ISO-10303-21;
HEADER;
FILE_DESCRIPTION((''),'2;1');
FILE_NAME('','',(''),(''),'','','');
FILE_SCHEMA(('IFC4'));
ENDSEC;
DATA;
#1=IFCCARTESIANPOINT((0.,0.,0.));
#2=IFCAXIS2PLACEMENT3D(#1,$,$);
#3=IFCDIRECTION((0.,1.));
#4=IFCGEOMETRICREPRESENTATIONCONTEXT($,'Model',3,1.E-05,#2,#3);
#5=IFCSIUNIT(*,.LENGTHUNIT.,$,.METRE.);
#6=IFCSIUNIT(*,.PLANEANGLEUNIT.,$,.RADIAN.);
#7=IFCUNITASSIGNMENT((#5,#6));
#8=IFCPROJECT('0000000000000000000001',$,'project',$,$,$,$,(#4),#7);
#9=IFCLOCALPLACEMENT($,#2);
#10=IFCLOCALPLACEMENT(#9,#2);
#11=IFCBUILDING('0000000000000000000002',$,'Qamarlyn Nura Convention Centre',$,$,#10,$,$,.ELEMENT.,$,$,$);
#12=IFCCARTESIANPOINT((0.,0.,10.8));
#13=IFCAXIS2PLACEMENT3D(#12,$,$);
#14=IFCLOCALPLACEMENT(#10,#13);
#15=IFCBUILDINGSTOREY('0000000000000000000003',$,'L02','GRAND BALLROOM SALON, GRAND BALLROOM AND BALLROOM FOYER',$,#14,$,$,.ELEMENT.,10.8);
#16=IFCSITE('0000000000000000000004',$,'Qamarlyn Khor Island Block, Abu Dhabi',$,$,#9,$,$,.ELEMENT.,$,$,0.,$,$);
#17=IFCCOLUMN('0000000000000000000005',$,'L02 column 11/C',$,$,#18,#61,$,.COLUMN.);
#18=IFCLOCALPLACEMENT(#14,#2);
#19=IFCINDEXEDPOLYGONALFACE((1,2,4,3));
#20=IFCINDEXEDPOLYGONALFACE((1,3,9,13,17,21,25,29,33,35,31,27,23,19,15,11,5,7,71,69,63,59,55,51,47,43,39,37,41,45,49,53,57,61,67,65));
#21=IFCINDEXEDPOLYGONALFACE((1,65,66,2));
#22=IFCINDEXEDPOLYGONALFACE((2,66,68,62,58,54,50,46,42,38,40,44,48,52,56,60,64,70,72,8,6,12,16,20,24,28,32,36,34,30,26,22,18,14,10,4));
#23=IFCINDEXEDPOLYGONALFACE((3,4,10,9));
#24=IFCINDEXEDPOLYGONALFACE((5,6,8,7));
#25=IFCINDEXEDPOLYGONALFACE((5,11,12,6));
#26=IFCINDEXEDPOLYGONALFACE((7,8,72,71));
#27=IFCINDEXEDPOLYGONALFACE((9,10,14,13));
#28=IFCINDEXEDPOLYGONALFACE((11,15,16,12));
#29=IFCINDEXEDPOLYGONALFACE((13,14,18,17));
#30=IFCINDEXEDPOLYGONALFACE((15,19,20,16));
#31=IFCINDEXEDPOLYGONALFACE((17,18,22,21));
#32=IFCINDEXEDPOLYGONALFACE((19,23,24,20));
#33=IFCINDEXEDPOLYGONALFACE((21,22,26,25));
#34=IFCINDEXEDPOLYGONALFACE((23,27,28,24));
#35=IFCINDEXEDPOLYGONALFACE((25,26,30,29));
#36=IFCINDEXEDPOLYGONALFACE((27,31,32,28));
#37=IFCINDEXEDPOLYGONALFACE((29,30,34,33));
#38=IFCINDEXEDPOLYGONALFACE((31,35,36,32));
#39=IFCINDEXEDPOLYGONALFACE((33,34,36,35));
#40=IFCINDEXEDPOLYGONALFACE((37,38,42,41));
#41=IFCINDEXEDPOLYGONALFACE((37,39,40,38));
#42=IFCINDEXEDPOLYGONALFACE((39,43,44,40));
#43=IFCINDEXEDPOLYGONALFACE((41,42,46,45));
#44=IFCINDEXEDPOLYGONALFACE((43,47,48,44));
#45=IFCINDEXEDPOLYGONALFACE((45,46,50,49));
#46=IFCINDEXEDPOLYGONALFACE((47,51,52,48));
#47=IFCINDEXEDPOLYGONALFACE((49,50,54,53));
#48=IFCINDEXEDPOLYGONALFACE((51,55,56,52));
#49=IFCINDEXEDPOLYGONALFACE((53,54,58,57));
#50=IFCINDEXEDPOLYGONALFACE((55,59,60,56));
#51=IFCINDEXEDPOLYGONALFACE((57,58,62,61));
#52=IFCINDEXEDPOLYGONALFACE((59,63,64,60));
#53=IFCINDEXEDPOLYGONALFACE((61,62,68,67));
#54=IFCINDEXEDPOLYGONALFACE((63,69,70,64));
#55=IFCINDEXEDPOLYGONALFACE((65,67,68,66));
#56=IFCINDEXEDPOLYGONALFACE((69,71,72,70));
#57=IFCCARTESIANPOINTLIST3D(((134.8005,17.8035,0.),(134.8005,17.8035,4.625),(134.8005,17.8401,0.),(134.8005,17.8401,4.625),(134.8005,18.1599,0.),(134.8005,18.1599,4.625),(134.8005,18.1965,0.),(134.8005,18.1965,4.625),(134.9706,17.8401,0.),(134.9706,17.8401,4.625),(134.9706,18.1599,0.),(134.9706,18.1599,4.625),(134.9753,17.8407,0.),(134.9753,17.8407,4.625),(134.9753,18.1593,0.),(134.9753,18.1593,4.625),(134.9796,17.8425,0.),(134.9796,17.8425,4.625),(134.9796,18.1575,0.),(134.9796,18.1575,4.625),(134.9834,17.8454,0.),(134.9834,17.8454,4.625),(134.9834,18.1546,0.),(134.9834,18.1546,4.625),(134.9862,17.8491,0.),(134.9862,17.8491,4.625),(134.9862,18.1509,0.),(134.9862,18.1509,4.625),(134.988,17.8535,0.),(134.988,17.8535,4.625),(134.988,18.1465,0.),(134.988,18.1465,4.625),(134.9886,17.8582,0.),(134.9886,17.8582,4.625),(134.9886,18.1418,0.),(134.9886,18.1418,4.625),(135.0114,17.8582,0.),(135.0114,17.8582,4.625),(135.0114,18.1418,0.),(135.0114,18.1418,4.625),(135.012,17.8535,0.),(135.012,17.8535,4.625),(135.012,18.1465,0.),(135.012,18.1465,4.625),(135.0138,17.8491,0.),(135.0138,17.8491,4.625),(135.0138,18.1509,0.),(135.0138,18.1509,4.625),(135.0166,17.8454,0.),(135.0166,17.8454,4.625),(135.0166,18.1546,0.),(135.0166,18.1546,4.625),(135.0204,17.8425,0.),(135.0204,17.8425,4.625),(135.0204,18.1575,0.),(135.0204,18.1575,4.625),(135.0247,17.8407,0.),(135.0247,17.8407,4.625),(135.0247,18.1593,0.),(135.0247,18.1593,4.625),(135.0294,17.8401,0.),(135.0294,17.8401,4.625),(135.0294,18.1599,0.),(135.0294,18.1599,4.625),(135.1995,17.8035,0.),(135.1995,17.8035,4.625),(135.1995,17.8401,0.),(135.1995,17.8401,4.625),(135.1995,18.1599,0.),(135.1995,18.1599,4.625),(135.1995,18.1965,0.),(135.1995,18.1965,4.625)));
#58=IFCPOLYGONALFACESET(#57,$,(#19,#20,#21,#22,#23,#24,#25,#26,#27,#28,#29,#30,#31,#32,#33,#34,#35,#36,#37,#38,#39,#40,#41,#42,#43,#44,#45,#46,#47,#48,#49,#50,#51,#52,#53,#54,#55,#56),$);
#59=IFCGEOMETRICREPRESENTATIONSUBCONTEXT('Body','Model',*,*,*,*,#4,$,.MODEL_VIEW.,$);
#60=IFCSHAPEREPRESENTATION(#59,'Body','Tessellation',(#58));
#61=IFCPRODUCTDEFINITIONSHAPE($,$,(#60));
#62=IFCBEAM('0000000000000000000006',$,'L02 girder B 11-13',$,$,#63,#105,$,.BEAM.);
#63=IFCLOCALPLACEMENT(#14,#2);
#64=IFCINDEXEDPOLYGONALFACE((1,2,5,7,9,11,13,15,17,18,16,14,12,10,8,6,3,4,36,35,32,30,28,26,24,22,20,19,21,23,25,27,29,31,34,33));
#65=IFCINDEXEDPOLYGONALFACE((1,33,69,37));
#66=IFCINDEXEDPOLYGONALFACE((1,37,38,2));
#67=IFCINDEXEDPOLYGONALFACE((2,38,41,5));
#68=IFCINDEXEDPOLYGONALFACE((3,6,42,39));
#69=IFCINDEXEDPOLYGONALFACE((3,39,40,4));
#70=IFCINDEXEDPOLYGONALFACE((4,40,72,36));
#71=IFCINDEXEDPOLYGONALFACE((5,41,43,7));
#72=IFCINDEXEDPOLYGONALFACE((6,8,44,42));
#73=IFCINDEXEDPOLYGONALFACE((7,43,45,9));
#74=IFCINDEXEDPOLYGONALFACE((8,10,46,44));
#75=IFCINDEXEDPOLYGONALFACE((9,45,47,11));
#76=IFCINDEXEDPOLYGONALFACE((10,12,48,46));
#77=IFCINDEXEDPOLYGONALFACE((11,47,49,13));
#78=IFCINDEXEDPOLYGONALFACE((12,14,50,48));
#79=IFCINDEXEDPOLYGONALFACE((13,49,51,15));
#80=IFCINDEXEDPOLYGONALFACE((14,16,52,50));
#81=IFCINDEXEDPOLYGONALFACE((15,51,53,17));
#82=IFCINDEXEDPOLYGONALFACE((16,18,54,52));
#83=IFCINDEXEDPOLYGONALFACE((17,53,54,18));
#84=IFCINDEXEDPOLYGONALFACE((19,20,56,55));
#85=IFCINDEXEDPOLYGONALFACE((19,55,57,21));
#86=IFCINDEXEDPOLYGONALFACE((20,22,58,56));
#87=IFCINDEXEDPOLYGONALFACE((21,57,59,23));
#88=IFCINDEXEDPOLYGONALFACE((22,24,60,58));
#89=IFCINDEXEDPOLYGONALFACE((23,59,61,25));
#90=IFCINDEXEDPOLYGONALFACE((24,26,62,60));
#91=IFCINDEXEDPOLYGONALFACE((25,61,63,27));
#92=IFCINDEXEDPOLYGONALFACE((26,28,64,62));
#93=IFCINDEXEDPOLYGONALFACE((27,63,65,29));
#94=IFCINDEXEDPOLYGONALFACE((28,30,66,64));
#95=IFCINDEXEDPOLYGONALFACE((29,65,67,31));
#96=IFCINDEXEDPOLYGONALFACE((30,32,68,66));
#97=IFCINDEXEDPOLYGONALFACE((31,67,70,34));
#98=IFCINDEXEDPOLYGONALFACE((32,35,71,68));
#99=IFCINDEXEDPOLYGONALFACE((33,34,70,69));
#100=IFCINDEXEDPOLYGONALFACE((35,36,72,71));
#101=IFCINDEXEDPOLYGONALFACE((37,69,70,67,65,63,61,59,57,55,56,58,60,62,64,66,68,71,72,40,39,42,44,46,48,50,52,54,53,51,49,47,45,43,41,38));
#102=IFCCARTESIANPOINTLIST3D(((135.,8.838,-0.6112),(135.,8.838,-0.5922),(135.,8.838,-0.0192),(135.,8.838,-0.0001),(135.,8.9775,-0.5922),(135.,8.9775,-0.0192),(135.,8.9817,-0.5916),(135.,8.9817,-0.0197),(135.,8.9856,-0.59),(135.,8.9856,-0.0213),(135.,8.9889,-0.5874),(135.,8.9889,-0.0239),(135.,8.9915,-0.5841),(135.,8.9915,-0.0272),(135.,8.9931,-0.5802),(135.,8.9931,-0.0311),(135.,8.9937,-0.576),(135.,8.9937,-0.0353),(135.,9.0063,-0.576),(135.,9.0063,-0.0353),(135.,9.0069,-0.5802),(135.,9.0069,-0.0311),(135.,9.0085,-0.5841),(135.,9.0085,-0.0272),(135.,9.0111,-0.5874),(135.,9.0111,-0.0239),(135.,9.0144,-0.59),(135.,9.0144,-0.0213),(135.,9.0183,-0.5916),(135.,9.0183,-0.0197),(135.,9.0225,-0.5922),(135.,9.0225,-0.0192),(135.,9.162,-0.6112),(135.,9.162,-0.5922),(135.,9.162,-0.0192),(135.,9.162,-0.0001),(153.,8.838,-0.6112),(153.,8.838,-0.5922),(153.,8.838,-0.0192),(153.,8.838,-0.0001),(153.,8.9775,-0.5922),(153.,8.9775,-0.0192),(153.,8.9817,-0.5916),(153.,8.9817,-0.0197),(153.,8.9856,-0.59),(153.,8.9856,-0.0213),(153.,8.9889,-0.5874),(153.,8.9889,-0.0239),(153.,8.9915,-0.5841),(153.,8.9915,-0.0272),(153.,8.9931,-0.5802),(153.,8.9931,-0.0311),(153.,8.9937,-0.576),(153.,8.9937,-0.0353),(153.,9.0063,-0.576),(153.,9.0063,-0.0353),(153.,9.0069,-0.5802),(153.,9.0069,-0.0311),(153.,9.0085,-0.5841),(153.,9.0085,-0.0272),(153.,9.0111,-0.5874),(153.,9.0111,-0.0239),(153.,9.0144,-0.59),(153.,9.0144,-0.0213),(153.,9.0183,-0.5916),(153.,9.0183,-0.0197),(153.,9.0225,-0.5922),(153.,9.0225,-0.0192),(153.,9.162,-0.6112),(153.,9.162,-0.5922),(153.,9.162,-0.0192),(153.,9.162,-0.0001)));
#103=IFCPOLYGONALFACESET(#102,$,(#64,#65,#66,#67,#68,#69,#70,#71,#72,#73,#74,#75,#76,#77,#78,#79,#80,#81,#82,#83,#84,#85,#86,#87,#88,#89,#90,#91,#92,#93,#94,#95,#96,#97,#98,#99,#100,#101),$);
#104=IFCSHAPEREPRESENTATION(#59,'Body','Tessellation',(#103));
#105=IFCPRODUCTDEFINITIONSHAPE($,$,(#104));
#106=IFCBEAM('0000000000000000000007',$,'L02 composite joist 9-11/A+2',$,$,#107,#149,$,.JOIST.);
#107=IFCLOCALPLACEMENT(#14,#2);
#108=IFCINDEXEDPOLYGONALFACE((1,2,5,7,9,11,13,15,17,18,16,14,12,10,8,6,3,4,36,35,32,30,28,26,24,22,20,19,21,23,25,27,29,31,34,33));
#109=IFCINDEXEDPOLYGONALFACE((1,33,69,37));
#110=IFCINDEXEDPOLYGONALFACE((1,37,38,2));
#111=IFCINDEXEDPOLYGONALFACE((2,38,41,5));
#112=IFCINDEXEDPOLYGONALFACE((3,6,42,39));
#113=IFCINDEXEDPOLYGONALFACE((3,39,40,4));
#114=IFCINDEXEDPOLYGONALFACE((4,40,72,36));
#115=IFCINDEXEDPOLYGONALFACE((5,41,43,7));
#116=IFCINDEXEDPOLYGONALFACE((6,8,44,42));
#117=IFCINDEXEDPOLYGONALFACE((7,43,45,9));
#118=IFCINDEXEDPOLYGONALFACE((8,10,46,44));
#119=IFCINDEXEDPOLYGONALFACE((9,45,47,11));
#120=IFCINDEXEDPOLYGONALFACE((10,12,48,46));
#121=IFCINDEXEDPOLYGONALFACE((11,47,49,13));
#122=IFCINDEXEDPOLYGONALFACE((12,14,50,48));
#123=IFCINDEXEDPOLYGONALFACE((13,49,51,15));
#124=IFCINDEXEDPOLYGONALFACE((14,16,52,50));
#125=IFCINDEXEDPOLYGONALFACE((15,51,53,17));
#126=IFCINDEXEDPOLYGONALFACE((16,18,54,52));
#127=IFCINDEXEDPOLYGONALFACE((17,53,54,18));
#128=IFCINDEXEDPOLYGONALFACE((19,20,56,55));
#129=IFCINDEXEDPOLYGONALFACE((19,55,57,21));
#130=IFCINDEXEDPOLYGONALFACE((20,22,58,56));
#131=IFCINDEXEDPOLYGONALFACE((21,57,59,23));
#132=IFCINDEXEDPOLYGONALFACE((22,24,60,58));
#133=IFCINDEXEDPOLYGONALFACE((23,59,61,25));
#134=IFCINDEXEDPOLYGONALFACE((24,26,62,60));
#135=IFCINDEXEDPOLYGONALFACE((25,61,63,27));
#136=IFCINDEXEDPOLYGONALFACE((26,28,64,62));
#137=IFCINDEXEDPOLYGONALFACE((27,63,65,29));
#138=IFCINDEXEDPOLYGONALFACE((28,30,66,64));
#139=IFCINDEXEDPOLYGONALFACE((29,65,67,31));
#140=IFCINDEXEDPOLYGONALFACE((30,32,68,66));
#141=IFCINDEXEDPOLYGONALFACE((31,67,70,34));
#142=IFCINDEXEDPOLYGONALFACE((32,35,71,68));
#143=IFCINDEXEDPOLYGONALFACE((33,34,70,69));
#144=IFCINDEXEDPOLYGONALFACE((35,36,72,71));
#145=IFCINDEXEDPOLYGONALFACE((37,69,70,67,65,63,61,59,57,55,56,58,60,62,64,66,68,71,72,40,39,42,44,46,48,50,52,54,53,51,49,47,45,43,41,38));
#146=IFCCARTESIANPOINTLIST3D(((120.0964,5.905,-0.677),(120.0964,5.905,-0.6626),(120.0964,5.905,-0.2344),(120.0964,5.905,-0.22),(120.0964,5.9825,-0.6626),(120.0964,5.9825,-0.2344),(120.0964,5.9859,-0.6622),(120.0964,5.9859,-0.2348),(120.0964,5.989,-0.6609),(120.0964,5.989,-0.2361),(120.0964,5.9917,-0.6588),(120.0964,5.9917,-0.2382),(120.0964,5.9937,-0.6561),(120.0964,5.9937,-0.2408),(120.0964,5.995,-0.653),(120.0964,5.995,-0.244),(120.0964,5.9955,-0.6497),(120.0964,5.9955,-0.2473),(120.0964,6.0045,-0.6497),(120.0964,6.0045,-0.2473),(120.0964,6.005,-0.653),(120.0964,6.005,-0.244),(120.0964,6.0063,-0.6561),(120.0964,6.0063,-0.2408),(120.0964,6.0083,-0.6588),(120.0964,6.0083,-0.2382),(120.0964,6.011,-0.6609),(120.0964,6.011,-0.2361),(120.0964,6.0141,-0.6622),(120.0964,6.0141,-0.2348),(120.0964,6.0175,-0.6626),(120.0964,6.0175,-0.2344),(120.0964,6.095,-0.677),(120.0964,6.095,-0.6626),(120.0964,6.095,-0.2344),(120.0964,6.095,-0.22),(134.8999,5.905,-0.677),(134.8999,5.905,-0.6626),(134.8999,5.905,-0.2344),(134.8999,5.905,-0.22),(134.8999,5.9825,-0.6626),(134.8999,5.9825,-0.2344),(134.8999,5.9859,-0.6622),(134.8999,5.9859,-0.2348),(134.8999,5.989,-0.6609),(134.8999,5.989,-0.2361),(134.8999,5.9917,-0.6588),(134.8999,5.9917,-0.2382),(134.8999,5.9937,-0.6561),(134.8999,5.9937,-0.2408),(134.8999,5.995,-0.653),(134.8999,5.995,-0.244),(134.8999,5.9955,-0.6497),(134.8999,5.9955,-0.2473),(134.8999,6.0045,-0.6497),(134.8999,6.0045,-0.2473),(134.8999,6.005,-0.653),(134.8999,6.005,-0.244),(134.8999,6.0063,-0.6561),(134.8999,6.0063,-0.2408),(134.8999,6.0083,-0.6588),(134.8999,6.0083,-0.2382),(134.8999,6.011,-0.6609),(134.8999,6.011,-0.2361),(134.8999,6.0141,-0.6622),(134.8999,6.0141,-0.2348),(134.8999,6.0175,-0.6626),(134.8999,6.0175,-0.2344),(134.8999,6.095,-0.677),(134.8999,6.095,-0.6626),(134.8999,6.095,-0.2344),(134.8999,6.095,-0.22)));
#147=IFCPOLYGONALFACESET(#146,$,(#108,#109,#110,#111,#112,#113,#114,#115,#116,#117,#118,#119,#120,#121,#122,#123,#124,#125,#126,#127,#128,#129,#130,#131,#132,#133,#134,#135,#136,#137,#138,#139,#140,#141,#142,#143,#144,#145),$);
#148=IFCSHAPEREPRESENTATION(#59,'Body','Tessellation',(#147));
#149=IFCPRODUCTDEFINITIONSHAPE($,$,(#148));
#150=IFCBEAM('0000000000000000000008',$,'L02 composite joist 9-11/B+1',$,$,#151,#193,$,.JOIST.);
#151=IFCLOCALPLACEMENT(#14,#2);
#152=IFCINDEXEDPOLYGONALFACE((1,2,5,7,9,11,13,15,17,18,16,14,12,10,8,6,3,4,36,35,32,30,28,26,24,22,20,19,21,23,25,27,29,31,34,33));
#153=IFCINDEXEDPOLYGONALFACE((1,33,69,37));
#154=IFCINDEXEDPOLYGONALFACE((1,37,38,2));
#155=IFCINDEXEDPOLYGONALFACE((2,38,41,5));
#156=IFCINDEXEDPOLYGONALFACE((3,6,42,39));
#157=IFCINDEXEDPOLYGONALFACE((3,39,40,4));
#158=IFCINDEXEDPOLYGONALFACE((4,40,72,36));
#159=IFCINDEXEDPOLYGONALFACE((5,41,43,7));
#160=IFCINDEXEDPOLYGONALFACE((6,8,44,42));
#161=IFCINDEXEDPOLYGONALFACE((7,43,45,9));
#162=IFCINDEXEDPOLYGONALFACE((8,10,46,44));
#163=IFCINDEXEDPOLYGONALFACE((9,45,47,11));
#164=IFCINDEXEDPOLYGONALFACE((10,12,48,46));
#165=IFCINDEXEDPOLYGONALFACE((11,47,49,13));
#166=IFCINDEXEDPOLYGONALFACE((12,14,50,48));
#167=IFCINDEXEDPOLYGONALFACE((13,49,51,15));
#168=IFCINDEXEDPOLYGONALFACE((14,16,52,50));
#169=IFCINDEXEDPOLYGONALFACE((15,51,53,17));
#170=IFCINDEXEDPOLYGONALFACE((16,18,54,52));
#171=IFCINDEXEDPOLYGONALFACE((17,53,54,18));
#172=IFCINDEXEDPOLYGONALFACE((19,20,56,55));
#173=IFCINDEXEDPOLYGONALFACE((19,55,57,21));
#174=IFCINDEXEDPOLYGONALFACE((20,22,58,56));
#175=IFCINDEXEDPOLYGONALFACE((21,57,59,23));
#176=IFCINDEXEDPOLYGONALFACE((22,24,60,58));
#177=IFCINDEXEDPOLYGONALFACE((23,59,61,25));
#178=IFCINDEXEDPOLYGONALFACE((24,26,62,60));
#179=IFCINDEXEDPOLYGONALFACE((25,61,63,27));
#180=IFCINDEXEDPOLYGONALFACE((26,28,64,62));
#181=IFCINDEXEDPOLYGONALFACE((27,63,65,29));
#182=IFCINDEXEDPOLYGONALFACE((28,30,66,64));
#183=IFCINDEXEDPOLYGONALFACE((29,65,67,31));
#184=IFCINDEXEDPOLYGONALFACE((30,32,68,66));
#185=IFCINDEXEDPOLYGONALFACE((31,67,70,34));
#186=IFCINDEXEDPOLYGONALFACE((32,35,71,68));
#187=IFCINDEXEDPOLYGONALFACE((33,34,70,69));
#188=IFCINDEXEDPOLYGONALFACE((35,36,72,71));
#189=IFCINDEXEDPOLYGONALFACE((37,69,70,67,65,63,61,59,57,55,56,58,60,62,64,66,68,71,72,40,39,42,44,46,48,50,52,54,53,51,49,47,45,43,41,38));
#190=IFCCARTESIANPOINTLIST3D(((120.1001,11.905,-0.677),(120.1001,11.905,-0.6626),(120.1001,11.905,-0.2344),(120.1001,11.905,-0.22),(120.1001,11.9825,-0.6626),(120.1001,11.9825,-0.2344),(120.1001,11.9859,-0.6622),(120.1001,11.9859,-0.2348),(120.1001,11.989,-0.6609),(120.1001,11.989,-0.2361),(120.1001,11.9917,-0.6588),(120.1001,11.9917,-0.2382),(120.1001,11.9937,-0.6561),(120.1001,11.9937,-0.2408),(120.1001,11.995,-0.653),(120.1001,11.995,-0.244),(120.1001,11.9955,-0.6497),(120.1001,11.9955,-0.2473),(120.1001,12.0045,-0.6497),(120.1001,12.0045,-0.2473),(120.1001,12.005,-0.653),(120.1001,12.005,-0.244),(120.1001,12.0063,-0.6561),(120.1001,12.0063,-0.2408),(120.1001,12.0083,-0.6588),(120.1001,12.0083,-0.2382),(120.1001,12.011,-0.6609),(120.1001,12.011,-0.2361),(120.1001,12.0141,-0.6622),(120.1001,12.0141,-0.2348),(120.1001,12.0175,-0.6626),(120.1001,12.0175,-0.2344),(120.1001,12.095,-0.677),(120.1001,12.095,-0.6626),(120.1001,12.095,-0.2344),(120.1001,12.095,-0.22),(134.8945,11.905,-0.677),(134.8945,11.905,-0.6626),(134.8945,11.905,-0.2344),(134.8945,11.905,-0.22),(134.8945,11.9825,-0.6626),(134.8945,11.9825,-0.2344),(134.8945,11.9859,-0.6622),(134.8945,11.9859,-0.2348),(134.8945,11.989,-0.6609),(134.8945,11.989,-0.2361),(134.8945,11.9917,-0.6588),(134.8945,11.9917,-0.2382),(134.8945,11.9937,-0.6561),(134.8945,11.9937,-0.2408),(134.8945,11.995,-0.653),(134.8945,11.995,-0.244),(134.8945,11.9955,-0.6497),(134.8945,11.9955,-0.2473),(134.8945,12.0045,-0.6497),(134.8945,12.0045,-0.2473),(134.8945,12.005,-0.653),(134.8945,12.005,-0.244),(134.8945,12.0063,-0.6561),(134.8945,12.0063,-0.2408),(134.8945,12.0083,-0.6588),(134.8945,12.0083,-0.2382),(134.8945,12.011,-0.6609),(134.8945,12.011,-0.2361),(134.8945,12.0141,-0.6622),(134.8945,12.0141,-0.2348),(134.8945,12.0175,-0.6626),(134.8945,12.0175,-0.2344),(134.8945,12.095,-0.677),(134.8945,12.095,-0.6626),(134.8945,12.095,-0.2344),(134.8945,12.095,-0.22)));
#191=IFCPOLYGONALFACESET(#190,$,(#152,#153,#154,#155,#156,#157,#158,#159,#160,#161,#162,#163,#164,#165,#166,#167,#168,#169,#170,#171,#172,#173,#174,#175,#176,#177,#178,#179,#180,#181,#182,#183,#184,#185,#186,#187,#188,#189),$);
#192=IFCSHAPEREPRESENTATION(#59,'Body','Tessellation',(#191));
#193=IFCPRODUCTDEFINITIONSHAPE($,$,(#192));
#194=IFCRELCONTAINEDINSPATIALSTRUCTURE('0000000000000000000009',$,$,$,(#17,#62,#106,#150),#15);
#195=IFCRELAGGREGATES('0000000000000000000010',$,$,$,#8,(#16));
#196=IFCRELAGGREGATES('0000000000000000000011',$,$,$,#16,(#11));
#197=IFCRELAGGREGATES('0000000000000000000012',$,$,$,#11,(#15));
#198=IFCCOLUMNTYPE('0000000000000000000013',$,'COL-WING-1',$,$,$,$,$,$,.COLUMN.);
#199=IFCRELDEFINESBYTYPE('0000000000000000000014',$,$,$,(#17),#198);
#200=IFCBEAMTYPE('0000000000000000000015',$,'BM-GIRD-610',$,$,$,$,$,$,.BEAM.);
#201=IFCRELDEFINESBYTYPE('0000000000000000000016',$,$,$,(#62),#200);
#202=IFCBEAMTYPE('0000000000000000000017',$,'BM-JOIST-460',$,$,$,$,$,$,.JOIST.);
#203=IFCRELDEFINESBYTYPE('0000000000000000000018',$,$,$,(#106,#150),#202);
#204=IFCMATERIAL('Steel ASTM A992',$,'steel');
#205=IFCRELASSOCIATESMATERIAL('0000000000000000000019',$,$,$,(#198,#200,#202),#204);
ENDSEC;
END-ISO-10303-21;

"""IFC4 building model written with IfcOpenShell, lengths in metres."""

from ifc_helpers import new_model, si_unit, direction, frame, origin, origin_2d, place, context, subcontext, project, spatial, i_section, extrude, material, material_profile, profile_set, type_object, element, save


model = new_model("IFC4")

# Units and contexts
model_context = context("Model", 3, precision=1e-05, world=origin(), true_north=direction((0.0, 1.0)))
body_context = subcontext(model_context, "Body", "Model", "MODEL_VIEW")
ifc_project = project(units=[si_unit("LENGTHUNIT", "METRE"), si_unit("PLANEANGLEUNIT", "RADIAN")], contexts=[model_context])

# Site, building, storey
site_placement = place(None, origin())
site = spatial("IfcSite", under=ifc_project, at=site_placement, Name="Qamarlyn Khor Island Block, Abu Dhabi", CompositionType="ELEMENT", RefElevation=0.0)
building_placement = place(site_placement, origin())
building = spatial("IfcBuilding", under=site, at=building_placement, Name="Qamarlyn Nura Convention Centre", CompositionType="ELEMENT")
storey_placement = place(building_placement, frame((0.0, 0.0, 10.8)))
storey = spatial("IfcBuildingStorey", under=building, at=storey_placement, Name="L02", Description="GRAND BALLROOM SALON, GRAND BALLROOM AND BALLROOM FOYER", CompositionType="ELEMENT", Elevation=10.8)

# Column
ifc_material_1 = material(Name="Steel ASTM A992", Category="steel")
ifc_material_profile_1 = material_profile(ifc_material_1, i_section(OverallWidth=0.3989, OverallDepth=0.3931, WebThickness=0.0227, FlangeThickness=0.0366, FilletRadius=0.0181, at=origin_2d()), Name="W360X287")
ifc_profile_set_1 = profile_set([ifc_material_profile_1], Name="Steel ASTM A992")
column_type = type_object("IfcColumnType", Name="COL-WING-1", PredefinedType="COLUMN", material=ifc_profile_set_1)
column_placement = place(storey_placement, frame((135.0, 18.0, 0.0), z_axis=(0.0, 0.0, 1.0), x_axis=(1.0, 0.0, 0.0)))
element("IfcColumn", 1, at=column_placement, inside=storey, type_object=column_type, Name="L02 column 11/C", PredefinedType="COLUMN", context=body_context, shape_type="SweptSolid", body=[
    extrude(i_section(OverallWidth=0.3989, OverallDepth=0.3931, WebThickness=0.0227, FlangeThickness=0.0366, FilletRadius=0.0181, at=origin_2d()), origin(), (0.0, 0.0, 1.0), 4.625),
])

# Beams
ifc_material_profile_2 = material_profile(ifc_material_1, i_section(OverallWidth=0.324, OverallDepth=0.6111, WebThickness=0.0127, FlangeThickness=0.019, FilletRadius=0.0161, at=origin_2d()), Name="W610X155")
ifc_profile_set_2 = profile_set([ifc_material_profile_2], Name="Steel ASTM A992")
beam_type_1 = type_object("IfcBeamType", Name="BM-GIRD-610", PredefinedType="BEAM", material=ifc_profile_set_2)
beam_1_placement = place(storey_placement, frame((135.0, 9.0, -0.3057), z_axis=(1.0, 0.0, 0.0), x_axis=(0.0, 1.0, 0.0)))
element("IfcBeam", 2, at=beam_1_placement, inside=storey, type_object=beam_type_1, Name="L02 girder B 11-13", PredefinedType="BEAM", context=body_context, shape_type="SweptSolid", body=[
    extrude(i_section(OverallWidth=0.324, OverallDepth=0.6111, WebThickness=0.0127, FlangeThickness=0.019, FilletRadius=0.0161, at=origin_2d()), origin(), (0.0, 0.0, 1.0), 18.0),
])
ifc_material_profile_3 = material_profile(ifc_material_1, i_section(OverallWidth=0.1899, OverallDepth=0.457, WebThickness=0.009, FlangeThickness=0.0144, FilletRadius=0.0129, at=origin_2d()), Name="W460X74")
ifc_profile_set_3 = profile_set([ifc_material_profile_3], Name="Steel ASTM A992")
beam_type_2 = type_object("IfcBeamType", Name="BM-JOIST-460", PredefinedType="JOIST", material=ifc_profile_set_3)
beam_2_placement = place(storey_placement, frame((120.0964, 6.0, -0.4485), z_axis=(1.0, 0.0, 0.0), x_axis=(0.0, 1.0, 0.0)))
element("IfcBeam", 3, at=beam_2_placement, inside=storey, type_object=beam_type_2, Name="L02 composite joist 9-11/A+2", PredefinedType="JOIST", context=body_context, shape_type="SweptSolid", body=[
    extrude(i_section(OverallWidth=0.1899, OverallDepth=0.457, WebThickness=0.009, FlangeThickness=0.0144, FilletRadius=0.0129, at=origin_2d()), origin(), (0.0, 0.0, 1.0), 14.8035),
])
for number, where, z_axis, x_axis, name in (
    (4, (120.1001, 12.0, -0.4485), (1.0, 0.0, 0.0), (0.0, 1.0, 0.0), "L02 composite joist 9-11/B+1"),
):
    element("IfcBeam", number, at=place(storey_placement, frame(where, z_axis=z_axis, x_axis=x_axis)), inside=storey, type_object=beam_type_2, Name=name, PredefinedType="JOIST", context=body_context, shape_type="SweptSolid", body=[
        extrude(i_section(OverallWidth=0.1899, OverallDepth=0.457, WebThickness=0.009, FlangeThickness=0.0144, FilletRadius=0.0129, at=origin_2d()), origin(), (0.0, 0.0, 1.0), 14.7944),
    ])

save(model, "model.ifc")
